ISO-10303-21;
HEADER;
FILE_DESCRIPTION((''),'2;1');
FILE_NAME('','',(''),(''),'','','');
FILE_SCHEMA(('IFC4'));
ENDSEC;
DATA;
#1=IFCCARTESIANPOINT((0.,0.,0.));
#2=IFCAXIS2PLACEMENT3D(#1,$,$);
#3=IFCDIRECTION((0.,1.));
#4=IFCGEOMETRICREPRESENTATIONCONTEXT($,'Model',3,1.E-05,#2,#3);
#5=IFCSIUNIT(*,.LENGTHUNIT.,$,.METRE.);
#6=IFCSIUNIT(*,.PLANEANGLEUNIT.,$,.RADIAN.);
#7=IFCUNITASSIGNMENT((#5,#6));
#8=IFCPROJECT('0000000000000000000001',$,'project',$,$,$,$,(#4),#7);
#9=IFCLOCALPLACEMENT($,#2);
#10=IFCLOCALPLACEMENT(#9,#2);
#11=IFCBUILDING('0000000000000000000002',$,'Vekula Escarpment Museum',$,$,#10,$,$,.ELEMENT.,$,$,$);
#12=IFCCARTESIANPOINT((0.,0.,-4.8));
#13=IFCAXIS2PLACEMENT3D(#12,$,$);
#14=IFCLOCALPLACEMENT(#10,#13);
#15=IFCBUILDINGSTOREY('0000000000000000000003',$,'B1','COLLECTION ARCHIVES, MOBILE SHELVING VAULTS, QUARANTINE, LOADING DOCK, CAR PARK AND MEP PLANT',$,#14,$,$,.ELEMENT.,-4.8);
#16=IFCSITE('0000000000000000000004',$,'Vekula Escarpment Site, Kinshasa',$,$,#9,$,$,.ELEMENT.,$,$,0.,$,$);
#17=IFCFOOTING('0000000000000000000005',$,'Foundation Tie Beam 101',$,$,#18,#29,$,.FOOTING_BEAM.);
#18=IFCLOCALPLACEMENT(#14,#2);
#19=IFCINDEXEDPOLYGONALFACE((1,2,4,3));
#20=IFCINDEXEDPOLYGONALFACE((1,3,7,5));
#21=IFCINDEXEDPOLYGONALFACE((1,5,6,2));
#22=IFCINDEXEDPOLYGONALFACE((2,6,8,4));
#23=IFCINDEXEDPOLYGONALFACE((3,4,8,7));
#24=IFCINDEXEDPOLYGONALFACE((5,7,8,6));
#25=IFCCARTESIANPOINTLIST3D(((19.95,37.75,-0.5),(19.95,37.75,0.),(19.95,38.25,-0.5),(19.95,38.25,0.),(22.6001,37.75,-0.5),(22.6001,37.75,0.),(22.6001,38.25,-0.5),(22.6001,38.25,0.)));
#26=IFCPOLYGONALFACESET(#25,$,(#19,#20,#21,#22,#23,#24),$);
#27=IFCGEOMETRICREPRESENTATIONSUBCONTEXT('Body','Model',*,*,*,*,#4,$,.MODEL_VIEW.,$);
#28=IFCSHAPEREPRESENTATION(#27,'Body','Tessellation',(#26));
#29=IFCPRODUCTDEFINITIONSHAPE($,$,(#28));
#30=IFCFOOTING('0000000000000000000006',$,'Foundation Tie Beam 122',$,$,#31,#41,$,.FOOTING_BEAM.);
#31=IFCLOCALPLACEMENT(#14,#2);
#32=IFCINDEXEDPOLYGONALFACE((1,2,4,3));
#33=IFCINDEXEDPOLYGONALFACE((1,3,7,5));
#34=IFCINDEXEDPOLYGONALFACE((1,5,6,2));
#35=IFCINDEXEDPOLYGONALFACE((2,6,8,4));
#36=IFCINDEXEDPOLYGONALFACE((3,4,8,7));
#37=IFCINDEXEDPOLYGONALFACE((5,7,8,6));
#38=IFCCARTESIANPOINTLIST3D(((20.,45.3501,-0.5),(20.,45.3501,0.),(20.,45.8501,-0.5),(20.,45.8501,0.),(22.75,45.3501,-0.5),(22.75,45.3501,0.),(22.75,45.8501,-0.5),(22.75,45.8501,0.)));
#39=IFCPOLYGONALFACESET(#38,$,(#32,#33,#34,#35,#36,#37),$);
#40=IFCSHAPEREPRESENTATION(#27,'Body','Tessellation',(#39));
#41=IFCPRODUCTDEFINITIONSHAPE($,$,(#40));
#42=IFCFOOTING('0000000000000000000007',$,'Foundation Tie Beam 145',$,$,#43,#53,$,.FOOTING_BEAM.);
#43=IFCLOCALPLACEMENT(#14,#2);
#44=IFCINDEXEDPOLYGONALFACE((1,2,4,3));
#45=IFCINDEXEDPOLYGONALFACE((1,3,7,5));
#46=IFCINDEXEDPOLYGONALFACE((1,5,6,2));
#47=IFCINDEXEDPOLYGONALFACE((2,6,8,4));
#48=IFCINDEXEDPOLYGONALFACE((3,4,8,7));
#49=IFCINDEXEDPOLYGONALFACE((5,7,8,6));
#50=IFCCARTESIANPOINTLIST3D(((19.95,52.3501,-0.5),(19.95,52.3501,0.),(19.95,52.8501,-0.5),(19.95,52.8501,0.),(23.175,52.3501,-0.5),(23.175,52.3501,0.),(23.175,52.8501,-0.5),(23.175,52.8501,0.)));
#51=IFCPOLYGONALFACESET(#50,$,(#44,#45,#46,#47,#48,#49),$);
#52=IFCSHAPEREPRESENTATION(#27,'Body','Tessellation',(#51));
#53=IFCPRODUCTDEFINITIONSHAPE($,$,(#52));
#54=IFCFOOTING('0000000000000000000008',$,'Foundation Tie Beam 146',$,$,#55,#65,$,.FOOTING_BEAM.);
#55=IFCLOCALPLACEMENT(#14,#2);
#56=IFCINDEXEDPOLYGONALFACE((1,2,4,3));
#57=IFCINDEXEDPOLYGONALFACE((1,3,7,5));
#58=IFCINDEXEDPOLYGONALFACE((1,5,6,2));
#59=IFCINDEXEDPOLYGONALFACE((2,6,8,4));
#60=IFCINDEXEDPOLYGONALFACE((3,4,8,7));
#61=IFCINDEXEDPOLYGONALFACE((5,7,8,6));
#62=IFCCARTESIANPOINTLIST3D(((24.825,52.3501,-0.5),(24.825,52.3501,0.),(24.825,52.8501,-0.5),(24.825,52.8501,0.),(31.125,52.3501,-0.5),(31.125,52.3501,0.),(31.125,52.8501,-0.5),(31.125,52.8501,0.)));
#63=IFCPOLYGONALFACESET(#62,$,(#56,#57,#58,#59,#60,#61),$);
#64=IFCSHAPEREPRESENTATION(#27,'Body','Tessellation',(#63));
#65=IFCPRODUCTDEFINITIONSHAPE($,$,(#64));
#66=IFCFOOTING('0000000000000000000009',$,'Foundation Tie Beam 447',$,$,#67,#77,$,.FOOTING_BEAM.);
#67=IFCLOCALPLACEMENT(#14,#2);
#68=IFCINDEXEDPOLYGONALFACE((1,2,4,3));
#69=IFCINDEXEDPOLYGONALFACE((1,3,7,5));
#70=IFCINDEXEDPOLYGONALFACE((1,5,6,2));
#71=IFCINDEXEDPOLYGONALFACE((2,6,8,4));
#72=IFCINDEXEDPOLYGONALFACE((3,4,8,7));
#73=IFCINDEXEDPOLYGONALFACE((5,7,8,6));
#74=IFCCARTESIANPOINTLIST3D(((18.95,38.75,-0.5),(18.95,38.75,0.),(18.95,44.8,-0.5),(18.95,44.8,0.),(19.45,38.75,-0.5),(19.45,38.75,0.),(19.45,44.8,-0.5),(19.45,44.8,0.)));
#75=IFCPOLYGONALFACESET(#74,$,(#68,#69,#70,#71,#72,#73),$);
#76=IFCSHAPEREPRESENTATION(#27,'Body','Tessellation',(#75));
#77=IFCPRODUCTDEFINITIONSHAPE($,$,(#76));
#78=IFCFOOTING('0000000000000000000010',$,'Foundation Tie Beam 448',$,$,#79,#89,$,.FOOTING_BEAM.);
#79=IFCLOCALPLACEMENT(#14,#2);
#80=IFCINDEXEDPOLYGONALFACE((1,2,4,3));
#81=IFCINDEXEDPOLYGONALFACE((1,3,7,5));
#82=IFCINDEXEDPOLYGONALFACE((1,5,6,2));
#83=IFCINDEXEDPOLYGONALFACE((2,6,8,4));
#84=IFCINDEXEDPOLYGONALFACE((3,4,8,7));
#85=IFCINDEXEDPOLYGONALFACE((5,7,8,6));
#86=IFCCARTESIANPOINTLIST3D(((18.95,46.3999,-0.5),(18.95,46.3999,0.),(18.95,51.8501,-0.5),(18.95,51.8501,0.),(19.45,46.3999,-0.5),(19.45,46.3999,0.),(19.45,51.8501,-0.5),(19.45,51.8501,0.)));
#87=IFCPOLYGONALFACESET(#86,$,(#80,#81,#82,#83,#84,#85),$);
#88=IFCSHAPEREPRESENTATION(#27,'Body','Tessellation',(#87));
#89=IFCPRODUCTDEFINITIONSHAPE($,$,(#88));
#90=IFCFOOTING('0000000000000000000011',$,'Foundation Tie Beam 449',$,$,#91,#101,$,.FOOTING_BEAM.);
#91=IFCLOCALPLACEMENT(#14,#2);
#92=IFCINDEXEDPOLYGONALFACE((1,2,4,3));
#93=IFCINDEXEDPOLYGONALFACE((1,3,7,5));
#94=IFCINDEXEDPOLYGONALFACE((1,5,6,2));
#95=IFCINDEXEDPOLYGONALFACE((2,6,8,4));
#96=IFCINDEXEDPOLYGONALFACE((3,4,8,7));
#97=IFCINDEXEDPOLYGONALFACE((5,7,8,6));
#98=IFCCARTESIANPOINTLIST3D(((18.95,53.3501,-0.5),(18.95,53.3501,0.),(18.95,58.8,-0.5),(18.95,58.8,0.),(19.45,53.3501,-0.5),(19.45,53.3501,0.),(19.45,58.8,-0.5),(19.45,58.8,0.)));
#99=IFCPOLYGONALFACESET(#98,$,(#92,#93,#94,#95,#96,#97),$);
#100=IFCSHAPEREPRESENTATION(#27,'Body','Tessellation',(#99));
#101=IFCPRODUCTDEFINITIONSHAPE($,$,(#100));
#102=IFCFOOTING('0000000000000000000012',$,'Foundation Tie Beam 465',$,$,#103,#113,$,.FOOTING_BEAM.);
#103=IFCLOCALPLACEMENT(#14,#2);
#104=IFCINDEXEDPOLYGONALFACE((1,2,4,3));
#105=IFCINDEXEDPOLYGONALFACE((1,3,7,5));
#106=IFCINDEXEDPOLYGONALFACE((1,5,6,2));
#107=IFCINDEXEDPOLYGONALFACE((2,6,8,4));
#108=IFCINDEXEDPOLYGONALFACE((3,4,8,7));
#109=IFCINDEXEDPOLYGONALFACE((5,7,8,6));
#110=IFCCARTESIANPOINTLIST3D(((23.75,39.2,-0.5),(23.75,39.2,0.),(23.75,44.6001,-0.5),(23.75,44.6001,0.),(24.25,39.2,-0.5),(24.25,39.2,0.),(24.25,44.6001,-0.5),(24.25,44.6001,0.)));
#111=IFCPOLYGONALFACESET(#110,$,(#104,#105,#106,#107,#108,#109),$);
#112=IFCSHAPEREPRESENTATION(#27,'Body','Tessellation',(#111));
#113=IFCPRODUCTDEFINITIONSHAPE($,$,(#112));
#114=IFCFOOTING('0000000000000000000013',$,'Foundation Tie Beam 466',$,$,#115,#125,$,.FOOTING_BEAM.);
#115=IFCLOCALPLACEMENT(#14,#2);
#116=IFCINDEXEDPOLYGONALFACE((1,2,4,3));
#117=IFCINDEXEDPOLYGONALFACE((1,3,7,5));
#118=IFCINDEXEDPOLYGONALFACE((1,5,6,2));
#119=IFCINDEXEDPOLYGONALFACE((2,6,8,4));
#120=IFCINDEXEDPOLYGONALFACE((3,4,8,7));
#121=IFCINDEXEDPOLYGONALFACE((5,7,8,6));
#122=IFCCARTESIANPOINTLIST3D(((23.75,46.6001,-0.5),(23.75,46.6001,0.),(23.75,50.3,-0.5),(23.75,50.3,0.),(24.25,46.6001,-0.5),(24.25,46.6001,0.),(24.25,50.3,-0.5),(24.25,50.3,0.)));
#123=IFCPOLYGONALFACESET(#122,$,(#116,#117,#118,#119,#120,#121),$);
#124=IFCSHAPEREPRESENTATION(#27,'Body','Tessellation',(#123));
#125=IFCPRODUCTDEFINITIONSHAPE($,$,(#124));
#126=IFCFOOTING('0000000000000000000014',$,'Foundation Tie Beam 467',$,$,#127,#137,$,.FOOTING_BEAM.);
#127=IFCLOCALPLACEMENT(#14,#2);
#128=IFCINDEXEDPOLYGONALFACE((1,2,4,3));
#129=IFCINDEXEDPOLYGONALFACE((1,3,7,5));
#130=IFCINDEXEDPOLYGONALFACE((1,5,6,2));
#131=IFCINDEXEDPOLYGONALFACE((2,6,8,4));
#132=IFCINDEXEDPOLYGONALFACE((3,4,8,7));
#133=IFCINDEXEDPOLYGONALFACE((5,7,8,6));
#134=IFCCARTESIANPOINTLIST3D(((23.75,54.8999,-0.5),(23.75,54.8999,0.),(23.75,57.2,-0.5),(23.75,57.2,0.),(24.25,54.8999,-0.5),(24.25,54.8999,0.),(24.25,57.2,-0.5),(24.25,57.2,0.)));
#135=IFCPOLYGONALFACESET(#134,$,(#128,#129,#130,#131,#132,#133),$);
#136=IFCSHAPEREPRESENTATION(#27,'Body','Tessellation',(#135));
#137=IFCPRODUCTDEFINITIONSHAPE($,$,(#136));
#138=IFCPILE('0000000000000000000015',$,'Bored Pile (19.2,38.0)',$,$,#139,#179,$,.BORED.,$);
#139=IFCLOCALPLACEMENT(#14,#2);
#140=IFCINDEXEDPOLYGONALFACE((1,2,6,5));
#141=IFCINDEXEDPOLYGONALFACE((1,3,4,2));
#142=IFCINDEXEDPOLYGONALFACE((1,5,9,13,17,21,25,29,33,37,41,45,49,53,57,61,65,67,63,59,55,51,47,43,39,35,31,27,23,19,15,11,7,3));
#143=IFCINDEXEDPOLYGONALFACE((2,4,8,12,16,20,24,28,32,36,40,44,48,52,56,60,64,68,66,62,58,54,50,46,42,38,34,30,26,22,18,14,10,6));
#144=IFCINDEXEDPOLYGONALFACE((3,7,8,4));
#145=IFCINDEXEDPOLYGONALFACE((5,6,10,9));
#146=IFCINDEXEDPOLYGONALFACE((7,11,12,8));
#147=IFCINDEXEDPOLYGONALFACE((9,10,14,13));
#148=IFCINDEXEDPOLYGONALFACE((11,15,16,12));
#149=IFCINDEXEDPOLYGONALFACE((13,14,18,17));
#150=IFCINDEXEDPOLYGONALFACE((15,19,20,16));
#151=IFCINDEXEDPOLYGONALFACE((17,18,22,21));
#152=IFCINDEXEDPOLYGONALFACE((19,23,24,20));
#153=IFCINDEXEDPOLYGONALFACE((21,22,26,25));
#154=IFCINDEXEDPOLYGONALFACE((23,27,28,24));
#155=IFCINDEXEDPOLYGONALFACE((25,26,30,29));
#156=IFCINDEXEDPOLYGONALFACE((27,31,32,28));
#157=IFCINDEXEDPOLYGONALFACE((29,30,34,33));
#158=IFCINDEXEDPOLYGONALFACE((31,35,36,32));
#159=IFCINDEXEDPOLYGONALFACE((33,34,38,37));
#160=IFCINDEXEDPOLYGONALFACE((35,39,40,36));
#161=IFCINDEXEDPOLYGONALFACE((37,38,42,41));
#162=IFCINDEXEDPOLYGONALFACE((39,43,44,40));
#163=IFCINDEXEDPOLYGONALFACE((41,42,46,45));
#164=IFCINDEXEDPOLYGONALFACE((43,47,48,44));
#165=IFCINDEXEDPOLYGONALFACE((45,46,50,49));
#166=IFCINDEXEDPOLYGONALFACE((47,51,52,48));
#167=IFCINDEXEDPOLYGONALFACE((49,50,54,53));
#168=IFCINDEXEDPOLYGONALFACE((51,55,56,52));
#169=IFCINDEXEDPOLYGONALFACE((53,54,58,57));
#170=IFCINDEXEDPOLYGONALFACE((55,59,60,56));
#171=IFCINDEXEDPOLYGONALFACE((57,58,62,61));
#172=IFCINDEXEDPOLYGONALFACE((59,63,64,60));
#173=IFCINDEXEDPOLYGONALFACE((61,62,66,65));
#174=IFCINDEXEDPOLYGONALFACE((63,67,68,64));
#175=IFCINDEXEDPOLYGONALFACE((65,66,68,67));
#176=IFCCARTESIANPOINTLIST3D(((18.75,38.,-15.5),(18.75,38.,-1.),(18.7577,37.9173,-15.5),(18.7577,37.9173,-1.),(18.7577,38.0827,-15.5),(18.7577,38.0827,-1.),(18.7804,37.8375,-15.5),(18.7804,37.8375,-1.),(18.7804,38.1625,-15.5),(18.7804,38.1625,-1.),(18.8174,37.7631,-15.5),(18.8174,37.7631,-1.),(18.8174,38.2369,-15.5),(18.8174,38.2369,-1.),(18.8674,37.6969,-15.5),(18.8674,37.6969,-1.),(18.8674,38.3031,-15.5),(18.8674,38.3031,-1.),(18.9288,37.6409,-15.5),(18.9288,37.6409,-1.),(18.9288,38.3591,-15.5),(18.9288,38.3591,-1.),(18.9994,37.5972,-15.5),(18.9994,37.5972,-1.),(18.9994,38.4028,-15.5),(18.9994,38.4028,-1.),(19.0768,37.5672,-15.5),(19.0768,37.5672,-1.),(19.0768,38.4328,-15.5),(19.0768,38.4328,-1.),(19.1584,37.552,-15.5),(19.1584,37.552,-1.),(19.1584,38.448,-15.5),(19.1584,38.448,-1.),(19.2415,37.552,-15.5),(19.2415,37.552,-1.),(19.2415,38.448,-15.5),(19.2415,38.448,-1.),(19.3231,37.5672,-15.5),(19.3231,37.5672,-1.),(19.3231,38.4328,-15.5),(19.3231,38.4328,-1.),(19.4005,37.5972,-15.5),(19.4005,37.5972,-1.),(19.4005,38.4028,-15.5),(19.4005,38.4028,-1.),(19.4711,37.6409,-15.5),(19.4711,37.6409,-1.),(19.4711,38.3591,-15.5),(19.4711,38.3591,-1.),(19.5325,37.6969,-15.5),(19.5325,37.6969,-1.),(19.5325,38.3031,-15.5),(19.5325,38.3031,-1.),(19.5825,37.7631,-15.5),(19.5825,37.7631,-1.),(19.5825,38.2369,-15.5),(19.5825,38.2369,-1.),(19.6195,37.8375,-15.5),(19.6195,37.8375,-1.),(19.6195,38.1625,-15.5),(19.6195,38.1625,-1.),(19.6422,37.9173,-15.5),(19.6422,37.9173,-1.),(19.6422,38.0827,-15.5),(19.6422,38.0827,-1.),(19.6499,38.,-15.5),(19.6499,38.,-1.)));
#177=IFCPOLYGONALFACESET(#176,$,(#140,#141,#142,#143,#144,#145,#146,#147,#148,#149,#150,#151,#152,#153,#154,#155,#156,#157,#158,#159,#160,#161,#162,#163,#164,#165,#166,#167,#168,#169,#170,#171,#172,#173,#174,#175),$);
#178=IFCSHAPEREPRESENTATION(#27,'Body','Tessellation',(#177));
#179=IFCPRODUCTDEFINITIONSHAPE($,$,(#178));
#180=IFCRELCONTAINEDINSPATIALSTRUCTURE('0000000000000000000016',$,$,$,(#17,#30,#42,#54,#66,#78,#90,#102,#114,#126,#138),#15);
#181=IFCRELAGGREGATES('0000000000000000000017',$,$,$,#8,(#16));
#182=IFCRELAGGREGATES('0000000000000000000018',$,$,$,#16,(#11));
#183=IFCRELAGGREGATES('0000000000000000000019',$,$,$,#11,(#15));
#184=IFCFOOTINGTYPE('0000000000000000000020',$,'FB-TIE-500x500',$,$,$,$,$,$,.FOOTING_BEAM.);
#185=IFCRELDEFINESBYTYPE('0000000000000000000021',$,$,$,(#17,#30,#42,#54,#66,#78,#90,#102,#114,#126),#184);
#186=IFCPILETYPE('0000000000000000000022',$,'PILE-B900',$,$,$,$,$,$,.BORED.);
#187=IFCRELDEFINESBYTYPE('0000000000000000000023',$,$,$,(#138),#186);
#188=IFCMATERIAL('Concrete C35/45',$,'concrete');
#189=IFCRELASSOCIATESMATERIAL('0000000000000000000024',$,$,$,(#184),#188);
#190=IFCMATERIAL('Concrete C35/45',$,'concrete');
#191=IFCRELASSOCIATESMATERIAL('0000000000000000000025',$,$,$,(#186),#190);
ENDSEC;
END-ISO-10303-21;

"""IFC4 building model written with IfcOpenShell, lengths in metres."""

from ifc_helpers import new_model, si_unit, direction, frame, origin, origin_2d, place, context, subcontext, project, spatial, rectangle, circle, extrude, material, material_profile, profile_set, type_object, element, save


model = new_model("IFC4")

# Units and contexts
model_context = context("Model", 3, precision=1e-05, world=origin(), true_north=direction((0.0, 1.0)))
body_context = subcontext(model_context, "Body", "Model", "MODEL_VIEW")
ifc_project = project(units=[si_unit("LENGTHUNIT", "METRE"), si_unit("PLANEANGLEUNIT", "RADIAN")], contexts=[model_context])

# Site, building, storey
site_placement = place(None, origin())
site = spatial("IfcSite", under=ifc_project, at=site_placement, Name="Vekula Escarpment Site, Kinshasa", CompositionType="ELEMENT", RefElevation=0.0)
building_placement = place(site_placement, origin())
building = spatial("IfcBuilding", under=site, at=building_placement, Name="Vekula Escarpment Museum", CompositionType="ELEMENT")
storey_placement = place(building_placement, frame((0.0, 0.0, -4.8)))
storey = spatial("IfcBuildingStorey", under=building, at=storey_placement, Name="B1", Description="COLLECTION ARCHIVES, MOBILE SHELVING VAULTS, QUARANTINE, LOADING DOCK, CAR PARK AND MEP PLANT", CompositionType="ELEMENT", Elevation=-4.8)

# Footings
ifc_material_1 = material(Name="Concrete C35/45", Category="concrete")
ifc_material_profile_1 = material_profile(ifc_material_1, rectangle(XDim=0.5, YDim=0.5, at=origin_2d()), Name="RC 500x500")
ifc_profile_set_1 = profile_set([ifc_material_profile_1], Name="Concrete C35/45")
footing_type = type_object("IfcFootingType", Name="FB-TIE-500x500", PredefinedType="FOOTING_BEAM", material=ifc_profile_set_1)
footing_1_placement = place(storey_placement, frame((19.95, 38.0, -0.25), z_axis=(1.0, 0.0, 0.0), x_axis=(0.0, 1.0, 0.0)))
element("IfcFooting", 1, at=footing_1_placement, inside=storey, type_object=footing_type, Name="Foundation Tie Beam 101", PredefinedType="FOOTING_BEAM", context=body_context, shape_type="SweptSolid", body=[
    extrude(rectangle(XDim=0.5, YDim=0.5, at=origin_2d()), origin(), (0.0, 0.0, 1.0), 2.6501),
])
footing_2_placement = place(storey_placement, frame((20.0, 45.6001, -0.25), z_axis=(1.0, 0.0, 0.0), x_axis=(0.0, 1.0, 0.0)))
element("IfcFooting", 2, at=footing_2_placement, inside=storey, type_object=footing_type, Name="Foundation Tie Beam 122", PredefinedType="FOOTING_BEAM", context=body_context, shape_type="SweptSolid", body=[
    extrude(rectangle(XDim=0.5, YDim=0.5, at=origin_2d()), origin(), (0.0, 0.0, 1.0), 2.75),
])
footing_3_placement = place(storey_placement, frame((19.95, 52.6001, -0.25), z_axis=(1.0, 0.0, 0.0), x_axis=(0.0, 1.0, 0.0)))
element("IfcFooting", 3, at=footing_3_placement, inside=storey, type_object=footing_type, Name="Foundation Tie Beam 145", PredefinedType="FOOTING_BEAM", context=body_context, shape_type="SweptSolid", body=[
    extrude(rectangle(XDim=0.5, YDim=0.5, at=origin_2d()), origin(), (0.0, 0.0, 1.0), 3.2251),
])
footing_4_placement = place(storey_placement, frame((24.825, 52.6001, -0.25), z_axis=(1.0, 0.0, 0.0), x_axis=(0.0, 1.0, 0.0)))
element("IfcFooting", 4, at=footing_4_placement, inside=storey, type_object=footing_type, Name="Foundation Tie Beam 146", PredefinedType="FOOTING_BEAM", context=body_context, shape_type="SweptSolid", body=[
    extrude(rectangle(XDim=0.5, YDim=0.5, at=origin_2d()), origin(), (0.0, 0.0, 1.0), 6.3),
])
footing_5_placement = place(storey_placement, frame((19.2, 38.75, -0.25), z_axis=(0.0, 1.0, 0.0), x_axis=(-1.0, 0.0, 0.0)))
element("IfcFooting", 5, at=footing_5_placement, inside=storey, type_object=footing_type, Name="Foundation Tie Beam 447", PredefinedType="FOOTING_BEAM", context=body_context, shape_type="SweptSolid", body=[
    extrude(rectangle(XDim=0.5, YDim=0.5, at=origin_2d()), origin(), (0.0, 0.0, 1.0), 6.05),
])
footing_6_placement = place(storey_placement, frame((19.2, 46.3999, -0.25), z_axis=(0.0, 1.0, 0.0), x_axis=(-1.0, 0.0, 0.0)))
element("IfcFooting", 6, at=footing_6_placement, inside=storey, type_object=footing_type, Name="Foundation Tie Beam 448", PredefinedType="FOOTING_BEAM", context=body_context, shape_type="SweptSolid", body=[
    extrude(rectangle(XDim=0.5, YDim=0.5, at=origin_2d()), origin(), (0.0, 0.0, 1.0), 5.4502),
])
footing_7_placement = place(storey_placement, frame((19.2, 53.3501, -0.25), z_axis=(0.0, 1.0, 0.0), x_axis=(-1.0, 0.0, 0.0)))
element("IfcFooting", 7, at=footing_7_placement, inside=storey, type_object=footing_type, Name="Foundation Tie Beam 449", PredefinedType="FOOTING_BEAM", context=body_context, shape_type="SweptSolid", body=[
    extrude(rectangle(XDim=0.5, YDim=0.5, at=origin_2d()), origin(), (0.0, 0.0, 1.0), 5.45),
])
footing_8_placement = place(storey_placement, frame((24.0, 39.2, -0.25), z_axis=(0.0, 1.0, 0.0), x_axis=(-1.0, 0.0, 0.0)))
element("IfcFooting", 8, at=footing_8_placement, inside=storey, type_object=footing_type, Name="Foundation Tie Beam 465", PredefinedType="FOOTING_BEAM", context=body_context, shape_type="SweptSolid", body=[
    extrude(rectangle(XDim=0.5, YDim=0.5, at=origin_2d()), origin(), (0.0, 0.0, 1.0), 5.4001),
])
footing_9_placement = place(storey_placement, frame((24.0, 46.6001, -0.25), z_axis=(0.0, 1.0, 0.0), x_axis=(-1.0, 0.0, 0.0)))
element("IfcFooting", 9, at=footing_9_placement, inside=storey, type_object=footing_type, Name="Foundation Tie Beam 466", PredefinedType="FOOTING_BEAM", context=body_context, shape_type="SweptSolid", body=[
    extrude(rectangle(XDim=0.5, YDim=0.5, at=origin_2d()), origin(), (0.0, 0.0, 1.0), 3.7),
])
footing_10_placement = place(storey_placement, frame((24.0, 54.8999, -0.25), z_axis=(0.0, 1.0, 0.0), x_axis=(-1.0, 0.0, 0.0)))
element("IfcFooting", 10, at=footing_10_placement, inside=storey, type_object=footing_type, Name="Foundation Tie Beam 467", PredefinedType="FOOTING_BEAM", context=body_context, shape_type="SweptSolid", body=[
    extrude(rectangle(XDim=0.5, YDim=0.5, at=origin_2d()), origin(), (0.0, 0.0, 1.0), 2.3),
])

# Pile
ifc_material_2 = material(Name="Concrete C35/45", Category="concrete")
ifc_material_profile_2 = material_profile(ifc_material_2, circle(Radius=0.45, at=origin_2d()), Name="BORED PILE 900")
ifc_profile_set_2 = profile_set([ifc_material_profile_2], Name="Concrete C35/45")
pile_type = type_object("IfcPileType", Name="PILE-B900", PredefinedType="BORED", material=ifc_profile_set_2)
pile_1_placement = place(storey_placement, frame((19.2, 38.0, -1.0), z_axis=(0.0, 0.0, -1.0), x_axis=(1.0, 0.0, 0.0)))
element("IfcPile", 11, at=pile_1_placement, inside=storey, type_object=pile_type, Name="Bored Pile (19.2,38.0)", PredefinedType="BORED", context=body_context, shape_type="SweptSolid", body=[
    extrude(circle(Radius=0.45, at=origin_2d()), origin(), (0.0, 0.0, 1.0), 14.5),
])

save(model, "model.ifc")
